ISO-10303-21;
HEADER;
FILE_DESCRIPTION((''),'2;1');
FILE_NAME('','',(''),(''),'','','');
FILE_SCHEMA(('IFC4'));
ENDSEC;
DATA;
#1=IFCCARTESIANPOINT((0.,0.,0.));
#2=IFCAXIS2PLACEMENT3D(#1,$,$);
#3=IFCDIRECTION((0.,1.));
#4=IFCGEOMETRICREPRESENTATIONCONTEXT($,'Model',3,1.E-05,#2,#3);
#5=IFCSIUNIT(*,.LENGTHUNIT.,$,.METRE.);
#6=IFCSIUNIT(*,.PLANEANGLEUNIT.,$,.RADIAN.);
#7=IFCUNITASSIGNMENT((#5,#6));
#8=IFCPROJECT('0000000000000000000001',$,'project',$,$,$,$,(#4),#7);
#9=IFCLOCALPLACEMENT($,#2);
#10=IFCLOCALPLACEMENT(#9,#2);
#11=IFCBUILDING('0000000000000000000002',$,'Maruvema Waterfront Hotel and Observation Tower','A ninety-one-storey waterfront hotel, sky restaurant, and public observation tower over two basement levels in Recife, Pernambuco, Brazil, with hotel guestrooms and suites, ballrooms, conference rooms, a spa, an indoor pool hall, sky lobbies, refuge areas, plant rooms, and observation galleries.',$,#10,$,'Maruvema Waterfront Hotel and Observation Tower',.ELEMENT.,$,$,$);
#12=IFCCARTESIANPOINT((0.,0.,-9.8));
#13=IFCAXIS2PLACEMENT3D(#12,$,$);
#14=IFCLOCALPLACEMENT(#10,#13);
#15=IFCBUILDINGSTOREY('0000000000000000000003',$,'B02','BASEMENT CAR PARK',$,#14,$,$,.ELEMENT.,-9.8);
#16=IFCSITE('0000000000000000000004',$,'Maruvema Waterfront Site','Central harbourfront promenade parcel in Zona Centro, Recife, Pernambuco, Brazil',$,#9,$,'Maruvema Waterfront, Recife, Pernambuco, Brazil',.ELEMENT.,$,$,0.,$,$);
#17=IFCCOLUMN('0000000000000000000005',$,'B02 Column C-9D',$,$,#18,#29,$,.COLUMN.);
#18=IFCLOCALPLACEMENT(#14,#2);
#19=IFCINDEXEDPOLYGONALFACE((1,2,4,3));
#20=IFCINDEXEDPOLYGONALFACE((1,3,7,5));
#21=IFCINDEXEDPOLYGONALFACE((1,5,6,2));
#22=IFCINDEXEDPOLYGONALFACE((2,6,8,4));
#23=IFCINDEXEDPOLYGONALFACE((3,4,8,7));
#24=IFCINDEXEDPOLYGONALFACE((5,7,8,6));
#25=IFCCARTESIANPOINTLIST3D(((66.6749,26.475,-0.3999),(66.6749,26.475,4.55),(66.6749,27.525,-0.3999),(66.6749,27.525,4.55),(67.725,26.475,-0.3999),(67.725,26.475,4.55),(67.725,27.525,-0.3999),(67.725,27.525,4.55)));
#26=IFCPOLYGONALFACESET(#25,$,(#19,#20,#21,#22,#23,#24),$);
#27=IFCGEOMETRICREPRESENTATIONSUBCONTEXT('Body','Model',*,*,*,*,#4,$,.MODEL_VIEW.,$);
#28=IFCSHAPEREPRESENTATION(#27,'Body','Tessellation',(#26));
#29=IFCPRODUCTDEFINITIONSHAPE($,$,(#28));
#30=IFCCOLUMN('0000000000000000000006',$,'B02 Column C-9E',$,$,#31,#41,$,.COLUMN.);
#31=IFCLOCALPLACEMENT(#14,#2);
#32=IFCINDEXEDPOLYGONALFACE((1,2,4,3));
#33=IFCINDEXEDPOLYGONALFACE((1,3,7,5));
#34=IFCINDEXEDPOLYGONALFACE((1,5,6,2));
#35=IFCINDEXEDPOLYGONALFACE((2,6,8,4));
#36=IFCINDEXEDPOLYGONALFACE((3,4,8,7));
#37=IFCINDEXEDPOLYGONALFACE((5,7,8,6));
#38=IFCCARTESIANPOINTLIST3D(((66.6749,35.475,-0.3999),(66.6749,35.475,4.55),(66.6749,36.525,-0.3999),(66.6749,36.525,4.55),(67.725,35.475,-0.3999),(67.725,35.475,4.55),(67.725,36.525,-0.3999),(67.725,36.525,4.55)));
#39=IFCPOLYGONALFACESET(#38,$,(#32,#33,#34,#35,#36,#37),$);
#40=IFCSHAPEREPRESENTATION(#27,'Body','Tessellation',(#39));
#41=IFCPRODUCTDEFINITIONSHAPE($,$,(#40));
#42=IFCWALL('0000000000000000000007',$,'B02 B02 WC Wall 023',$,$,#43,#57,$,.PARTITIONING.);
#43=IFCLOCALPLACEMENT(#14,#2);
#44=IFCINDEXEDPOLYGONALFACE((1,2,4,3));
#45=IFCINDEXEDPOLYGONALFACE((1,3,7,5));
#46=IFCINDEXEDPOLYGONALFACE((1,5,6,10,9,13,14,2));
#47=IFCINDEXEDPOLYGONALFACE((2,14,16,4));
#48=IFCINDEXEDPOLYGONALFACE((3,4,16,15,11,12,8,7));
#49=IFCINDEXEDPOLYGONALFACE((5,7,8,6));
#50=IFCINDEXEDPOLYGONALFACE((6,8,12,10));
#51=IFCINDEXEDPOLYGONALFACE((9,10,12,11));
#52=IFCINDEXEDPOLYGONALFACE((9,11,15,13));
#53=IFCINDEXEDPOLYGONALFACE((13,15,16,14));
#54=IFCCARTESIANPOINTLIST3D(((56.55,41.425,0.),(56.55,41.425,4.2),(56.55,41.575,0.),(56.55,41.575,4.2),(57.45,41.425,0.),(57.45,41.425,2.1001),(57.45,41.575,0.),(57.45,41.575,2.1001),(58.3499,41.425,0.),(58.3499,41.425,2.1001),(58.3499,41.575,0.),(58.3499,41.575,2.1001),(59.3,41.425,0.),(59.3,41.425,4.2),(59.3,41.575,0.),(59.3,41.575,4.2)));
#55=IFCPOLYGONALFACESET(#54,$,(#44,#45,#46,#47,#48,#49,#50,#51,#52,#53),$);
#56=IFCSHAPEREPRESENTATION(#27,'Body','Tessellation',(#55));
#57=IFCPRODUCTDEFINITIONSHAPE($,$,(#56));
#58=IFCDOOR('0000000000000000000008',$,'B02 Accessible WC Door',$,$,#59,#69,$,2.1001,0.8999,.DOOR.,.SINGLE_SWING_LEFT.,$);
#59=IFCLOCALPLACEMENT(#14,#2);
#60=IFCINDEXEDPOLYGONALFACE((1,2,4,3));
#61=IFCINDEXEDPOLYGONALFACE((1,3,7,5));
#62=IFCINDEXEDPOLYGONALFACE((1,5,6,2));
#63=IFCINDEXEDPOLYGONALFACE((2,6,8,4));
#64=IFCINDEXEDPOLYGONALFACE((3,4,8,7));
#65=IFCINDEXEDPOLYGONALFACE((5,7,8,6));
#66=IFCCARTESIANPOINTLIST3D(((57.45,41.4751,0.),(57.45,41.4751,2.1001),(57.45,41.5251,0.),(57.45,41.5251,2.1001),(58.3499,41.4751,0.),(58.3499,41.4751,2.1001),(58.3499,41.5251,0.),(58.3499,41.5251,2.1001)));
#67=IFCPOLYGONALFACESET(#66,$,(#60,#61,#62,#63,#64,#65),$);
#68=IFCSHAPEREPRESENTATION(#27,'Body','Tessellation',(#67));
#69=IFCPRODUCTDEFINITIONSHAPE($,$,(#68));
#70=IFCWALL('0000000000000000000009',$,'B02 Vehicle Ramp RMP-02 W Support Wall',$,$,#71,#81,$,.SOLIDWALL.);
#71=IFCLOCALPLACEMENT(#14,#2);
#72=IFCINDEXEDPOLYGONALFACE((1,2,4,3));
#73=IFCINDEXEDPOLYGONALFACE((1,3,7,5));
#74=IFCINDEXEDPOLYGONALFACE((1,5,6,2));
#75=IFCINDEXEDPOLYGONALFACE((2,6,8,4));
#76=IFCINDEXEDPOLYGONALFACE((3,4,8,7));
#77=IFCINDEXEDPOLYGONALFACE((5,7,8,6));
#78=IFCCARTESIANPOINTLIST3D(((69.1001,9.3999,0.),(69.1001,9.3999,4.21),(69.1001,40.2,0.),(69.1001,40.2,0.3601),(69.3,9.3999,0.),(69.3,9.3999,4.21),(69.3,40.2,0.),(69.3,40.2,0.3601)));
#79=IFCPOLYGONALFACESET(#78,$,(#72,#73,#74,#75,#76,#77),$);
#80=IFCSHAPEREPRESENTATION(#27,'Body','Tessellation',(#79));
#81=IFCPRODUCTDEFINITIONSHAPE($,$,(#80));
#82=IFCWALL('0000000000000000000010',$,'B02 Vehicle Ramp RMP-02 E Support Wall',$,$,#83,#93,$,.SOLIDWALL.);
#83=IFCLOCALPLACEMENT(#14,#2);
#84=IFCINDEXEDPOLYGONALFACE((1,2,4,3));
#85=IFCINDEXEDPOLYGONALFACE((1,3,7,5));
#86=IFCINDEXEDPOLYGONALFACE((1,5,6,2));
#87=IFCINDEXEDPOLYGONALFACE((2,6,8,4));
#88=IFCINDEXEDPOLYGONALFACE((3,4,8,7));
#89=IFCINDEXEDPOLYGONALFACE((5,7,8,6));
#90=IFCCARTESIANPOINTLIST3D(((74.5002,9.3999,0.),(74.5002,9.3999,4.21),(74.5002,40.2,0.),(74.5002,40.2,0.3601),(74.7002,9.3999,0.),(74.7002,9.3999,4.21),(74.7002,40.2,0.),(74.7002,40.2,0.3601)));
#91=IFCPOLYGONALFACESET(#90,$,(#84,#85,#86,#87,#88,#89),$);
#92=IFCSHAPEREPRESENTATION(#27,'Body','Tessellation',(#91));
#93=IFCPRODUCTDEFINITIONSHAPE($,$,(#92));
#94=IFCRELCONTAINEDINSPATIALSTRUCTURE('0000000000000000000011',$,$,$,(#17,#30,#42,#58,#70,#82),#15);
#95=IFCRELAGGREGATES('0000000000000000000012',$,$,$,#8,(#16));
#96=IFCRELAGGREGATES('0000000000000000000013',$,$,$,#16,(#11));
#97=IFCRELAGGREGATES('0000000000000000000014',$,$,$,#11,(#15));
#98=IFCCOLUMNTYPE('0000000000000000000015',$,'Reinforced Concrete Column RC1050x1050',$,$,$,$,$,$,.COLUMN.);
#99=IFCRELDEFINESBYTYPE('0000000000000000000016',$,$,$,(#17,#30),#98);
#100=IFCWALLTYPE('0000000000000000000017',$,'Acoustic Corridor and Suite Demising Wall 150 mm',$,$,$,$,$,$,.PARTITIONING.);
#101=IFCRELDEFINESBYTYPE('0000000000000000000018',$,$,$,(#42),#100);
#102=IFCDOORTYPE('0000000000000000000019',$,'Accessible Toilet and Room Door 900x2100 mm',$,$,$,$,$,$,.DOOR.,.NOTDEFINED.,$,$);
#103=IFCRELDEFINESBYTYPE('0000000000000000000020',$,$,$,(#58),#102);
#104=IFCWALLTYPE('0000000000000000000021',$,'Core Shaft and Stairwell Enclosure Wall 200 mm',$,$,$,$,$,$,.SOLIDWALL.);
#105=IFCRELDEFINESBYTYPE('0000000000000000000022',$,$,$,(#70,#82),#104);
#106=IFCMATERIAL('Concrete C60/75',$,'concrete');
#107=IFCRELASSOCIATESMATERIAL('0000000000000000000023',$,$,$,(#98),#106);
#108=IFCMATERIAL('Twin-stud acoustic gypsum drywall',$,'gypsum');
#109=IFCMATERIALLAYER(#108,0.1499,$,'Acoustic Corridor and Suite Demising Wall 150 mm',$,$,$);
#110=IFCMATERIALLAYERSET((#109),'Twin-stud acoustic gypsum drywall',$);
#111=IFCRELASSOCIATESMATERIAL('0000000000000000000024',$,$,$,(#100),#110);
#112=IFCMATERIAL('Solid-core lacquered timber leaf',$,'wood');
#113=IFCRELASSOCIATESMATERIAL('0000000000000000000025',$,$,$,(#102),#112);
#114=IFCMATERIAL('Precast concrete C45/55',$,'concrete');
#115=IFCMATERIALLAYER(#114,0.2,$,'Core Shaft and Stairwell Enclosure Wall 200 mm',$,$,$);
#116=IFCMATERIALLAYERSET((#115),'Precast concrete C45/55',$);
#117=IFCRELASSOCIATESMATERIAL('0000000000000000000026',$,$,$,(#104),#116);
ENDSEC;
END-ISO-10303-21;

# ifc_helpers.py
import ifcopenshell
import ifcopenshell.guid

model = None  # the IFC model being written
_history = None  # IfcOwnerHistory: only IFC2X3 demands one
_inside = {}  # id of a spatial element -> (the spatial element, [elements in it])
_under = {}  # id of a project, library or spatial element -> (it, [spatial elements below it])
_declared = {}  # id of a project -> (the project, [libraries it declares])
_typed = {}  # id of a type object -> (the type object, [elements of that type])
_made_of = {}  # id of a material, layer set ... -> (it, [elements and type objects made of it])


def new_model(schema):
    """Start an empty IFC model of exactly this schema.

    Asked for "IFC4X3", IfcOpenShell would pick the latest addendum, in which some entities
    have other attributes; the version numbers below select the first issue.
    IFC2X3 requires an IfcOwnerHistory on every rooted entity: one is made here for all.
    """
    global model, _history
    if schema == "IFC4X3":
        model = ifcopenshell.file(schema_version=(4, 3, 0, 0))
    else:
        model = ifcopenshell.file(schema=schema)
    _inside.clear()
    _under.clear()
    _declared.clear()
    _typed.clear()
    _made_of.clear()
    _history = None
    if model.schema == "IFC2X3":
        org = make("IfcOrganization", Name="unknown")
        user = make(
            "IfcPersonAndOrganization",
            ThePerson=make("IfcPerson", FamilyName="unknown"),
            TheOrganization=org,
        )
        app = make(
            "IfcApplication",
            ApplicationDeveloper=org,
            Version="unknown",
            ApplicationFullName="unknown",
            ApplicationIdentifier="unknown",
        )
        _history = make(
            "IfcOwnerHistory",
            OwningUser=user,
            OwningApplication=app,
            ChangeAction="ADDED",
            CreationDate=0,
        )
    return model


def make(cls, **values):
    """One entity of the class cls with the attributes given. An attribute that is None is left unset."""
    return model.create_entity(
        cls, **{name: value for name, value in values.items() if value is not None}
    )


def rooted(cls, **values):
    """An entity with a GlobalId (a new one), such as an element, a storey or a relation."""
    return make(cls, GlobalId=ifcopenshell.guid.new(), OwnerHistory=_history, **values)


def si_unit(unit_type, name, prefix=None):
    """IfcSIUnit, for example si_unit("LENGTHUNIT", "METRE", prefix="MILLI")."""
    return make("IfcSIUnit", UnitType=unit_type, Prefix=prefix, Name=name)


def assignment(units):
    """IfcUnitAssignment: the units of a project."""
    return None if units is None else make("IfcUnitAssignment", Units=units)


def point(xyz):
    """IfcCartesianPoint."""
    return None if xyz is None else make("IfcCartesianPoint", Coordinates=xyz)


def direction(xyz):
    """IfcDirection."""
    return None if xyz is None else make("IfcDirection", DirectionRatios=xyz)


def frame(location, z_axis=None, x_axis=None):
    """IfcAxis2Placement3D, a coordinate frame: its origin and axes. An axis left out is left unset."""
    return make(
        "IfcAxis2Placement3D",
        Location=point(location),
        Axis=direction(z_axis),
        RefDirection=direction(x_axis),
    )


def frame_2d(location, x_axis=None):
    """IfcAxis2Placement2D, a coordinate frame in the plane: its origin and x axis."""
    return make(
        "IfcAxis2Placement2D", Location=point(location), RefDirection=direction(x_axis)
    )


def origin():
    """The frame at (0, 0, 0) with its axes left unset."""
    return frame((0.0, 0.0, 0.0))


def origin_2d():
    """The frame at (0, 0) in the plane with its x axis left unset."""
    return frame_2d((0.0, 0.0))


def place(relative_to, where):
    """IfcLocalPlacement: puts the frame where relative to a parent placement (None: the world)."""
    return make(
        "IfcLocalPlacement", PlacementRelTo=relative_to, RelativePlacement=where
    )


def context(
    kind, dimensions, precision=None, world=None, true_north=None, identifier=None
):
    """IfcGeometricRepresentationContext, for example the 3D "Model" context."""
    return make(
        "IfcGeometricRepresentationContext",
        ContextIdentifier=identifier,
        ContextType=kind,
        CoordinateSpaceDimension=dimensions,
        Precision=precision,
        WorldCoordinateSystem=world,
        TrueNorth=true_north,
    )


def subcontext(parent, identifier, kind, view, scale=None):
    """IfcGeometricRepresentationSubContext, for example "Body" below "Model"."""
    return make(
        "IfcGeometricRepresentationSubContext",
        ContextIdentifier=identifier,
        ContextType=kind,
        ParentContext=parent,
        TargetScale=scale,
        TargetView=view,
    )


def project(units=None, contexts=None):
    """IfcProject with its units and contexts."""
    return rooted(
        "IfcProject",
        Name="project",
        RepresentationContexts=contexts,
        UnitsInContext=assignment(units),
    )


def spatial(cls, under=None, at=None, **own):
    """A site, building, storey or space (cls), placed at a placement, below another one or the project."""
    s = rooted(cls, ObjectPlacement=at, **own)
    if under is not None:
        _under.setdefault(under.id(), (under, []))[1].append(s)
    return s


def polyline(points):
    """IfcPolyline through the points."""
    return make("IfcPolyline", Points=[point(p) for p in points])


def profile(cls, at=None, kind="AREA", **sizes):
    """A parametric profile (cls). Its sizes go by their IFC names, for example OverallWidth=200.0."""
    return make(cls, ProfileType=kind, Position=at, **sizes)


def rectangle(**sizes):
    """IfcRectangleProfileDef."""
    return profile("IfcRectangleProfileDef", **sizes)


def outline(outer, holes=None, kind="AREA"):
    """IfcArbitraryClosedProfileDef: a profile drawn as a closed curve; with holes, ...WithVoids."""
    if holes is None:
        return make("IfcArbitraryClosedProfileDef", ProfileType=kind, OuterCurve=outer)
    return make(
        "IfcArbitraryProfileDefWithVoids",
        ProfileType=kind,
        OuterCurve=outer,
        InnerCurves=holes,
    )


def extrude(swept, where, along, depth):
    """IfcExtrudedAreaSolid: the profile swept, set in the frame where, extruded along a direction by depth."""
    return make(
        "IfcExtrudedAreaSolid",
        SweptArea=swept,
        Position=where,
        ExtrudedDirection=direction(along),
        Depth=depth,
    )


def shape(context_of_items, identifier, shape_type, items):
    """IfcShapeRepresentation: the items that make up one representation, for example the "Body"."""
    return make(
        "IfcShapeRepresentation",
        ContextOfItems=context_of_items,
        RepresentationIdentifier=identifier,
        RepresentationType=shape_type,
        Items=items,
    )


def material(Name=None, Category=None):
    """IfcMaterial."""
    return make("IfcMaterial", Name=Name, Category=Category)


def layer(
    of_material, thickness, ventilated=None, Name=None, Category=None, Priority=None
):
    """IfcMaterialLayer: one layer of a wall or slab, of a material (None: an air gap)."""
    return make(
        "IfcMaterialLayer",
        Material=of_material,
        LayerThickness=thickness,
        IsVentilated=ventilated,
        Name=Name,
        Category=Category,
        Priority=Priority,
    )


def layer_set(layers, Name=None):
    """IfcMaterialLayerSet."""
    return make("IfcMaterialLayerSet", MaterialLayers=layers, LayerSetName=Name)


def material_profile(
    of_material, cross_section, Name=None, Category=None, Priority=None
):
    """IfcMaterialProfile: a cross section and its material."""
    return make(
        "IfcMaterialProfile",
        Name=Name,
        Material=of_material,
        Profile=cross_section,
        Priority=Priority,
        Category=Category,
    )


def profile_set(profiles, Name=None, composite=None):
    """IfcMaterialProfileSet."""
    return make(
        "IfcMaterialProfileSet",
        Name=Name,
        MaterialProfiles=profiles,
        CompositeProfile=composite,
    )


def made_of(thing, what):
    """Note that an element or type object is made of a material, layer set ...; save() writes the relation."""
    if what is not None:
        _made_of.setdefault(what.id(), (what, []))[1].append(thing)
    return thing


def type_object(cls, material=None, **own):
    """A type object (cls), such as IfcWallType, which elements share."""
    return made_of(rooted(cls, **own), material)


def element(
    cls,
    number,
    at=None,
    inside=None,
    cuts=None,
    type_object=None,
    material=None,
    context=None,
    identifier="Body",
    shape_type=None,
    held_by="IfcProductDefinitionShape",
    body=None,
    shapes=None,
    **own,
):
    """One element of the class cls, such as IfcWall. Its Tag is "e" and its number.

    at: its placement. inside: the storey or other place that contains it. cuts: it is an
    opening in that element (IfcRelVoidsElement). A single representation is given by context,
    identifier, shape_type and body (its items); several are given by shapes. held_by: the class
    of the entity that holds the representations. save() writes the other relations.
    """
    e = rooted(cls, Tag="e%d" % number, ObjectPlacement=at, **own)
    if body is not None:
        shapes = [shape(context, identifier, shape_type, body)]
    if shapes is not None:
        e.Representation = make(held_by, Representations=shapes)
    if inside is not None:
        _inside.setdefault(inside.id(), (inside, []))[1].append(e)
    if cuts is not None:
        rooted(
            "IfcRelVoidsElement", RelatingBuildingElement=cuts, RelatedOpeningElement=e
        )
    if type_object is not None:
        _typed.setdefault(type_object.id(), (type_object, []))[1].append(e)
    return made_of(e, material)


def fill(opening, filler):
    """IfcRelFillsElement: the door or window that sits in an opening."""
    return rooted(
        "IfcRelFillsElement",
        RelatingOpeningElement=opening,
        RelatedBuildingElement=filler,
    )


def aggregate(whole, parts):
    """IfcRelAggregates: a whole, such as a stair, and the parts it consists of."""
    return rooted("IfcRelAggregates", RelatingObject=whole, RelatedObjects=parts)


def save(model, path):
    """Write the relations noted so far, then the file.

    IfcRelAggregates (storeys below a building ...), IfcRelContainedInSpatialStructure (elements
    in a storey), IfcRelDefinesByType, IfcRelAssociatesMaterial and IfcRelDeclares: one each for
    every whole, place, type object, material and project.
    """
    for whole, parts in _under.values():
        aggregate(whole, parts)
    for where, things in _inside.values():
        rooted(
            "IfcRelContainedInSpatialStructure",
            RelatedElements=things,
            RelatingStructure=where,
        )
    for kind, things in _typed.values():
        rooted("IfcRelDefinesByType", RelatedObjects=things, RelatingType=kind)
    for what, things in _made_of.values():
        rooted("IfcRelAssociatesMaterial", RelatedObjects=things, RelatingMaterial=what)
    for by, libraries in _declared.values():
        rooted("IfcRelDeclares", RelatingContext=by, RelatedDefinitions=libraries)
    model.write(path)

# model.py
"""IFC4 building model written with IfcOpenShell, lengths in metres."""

from ifc_helpers import new_model, si_unit, direction, frame, frame_2d, origin, origin_2d, place, context, subcontext, project, spatial, polyline, rectangle, outline, extrude, material, layer, layer_set, material_profile, profile_set, type_object, element, fill, save


model = new_model("IFC4")

# Units and contexts
model_context = context("Model", 3, precision=1e-05, world=origin(), true_north=direction((0.0, 1.0)))
body_context = subcontext(model_context, "Body", "Model", "MODEL_VIEW")
ifc_project = project(units=[si_unit("LENGTHUNIT", "METRE"), si_unit("PLANEANGLEUNIT", "RADIAN")], contexts=[model_context])

# Site, building, storey
site_placement = place(None, origin())
site = spatial("IfcSite", under=ifc_project, at=site_placement, Name="Maruvema Waterfront Site", Description="Central harbourfront promenade parcel in Zona Centro, Recife, Pernambuco, Brazil", LongName="Maruvema Waterfront, Recife, Pernambuco, Brazil", CompositionType="ELEMENT", RefElevation=0.0)
building_placement = place(site_placement, origin())
building = spatial("IfcBuilding", under=site, at=building_placement, Name="Maruvema Waterfront Hotel and Observation Tower", Description="A ninety-one-storey waterfront hotel, sky restaurant, and public observation tower over two basement levels in Recife, Pernambuco, Brazil, with hotel guestrooms and suites, ballrooms, conference rooms, a spa, an indoor pool hall, sky lobbies, refuge areas, plant rooms, and observation galleries.", LongName="Maruvema Waterfront Hotel and Observation Tower", CompositionType="ELEMENT")
storey_placement = place(building_placement, frame((0.0, 0.0, -9.8)))
storey = spatial("IfcBuildingStorey", under=building, at=storey_placement, Name="B02", Description="BASEMENT CAR PARK", CompositionType="ELEMENT", Elevation=-9.8)

# Columns
ifc_material_1 = material(Name="Concrete C60/75", Category="concrete")
ifc_material_profile_1 = material_profile(ifc_material_1, rectangle(XDim=1.05, YDim=1.05, at=origin_2d()), Name="RC1050x1050")
ifc_profile_set_1 = profile_set([ifc_material_profile_1], Name="Concrete C60/75")
column_type = type_object("IfcColumnType", Name="Reinforced Concrete Column RC1050x1050", PredefinedType="COLUMN", material=ifc_profile_set_1)
for number, where, z_axis, x_axis, name in (
    (1, (67.2, 27.0, -0.3999), (0.0, 0.0, 1.0), (1.0, 0.0, 0.0), "B02 Column C-9D"),
    (2, (67.2, 36.0, -0.3999), (0.0, 0.0, 1.0), (1.0, 0.0, 0.0), "B02 Column C-9E"),
):
    element("IfcColumn", number, at=place(storey_placement, frame(where, z_axis=z_axis, x_axis=x_axis)), inside=storey, type_object=column_type, Name=name, PredefinedType="COLUMN", context=body_context, shape_type="SweptSolid", body=[
        extrude(rectangle(XDim=1.05, YDim=1.05, at=origin_2d()), origin(), (0.0, 0.0, 1.0), 4.95),
    ])

# Wall, opening, door
ifc_material_2 = material(Name="Twin-stud acoustic gypsum drywall", Category="gypsum")
ifc_layer_1 = layer(ifc_material_2, 0.1499, Name="Acoustic Corridor and Suite Demising Wall 150 mm")
ifc_layer_set_1 = layer_set([ifc_layer_1], Name="Twin-stud acoustic gypsum drywall")
wall_type_1 = type_object("IfcWallType", Name="Acoustic Corridor and Suite Demising Wall 150 mm", PredefinedType="PARTITIONING", material=ifc_layer_set_1)
wall_placement = place(storey_placement, frame((56.55, 41.5, 0.0), z_axis=(0.0, 0.0, 1.0), x_axis=(1.0, 0.0, 0.0)))
wall = element("IfcWall", 3, at=wall_placement, inside=storey, type_object=wall_type_1, Name="B02 B02 WC Wall 023", PredefinedType="PARTITIONING", context=body_context, shape_type="SweptSolid", body=[
    extrude(rectangle(XDim=2.75, YDim=0.1499, at=frame_2d((1.375, 0.0))), origin(), (0.0, 0.0, 1.0), 4.2),
])
opening_placement = place(wall_placement, frame((0.8999, 0.0, 0.0)))
opening = element("IfcOpeningElement", 4, at=opening_placement, cuts=wall, PredefinedType="OPENING", context=body_context, shape_type="SweptSolid", body=[
    extrude(rectangle(XDim=0.8999, YDim=2.1001, at=frame_2d((0.45, 1.05))), frame((0.0, 0.085, 0.0), z_axis=(0.0, -1.0, 0.0), x_axis=(1.0, 0.0, 0.0)), (0.0, 0.0, 1.0), 0.1699),
])
ifc_material_3 = material(Name="Solid-core lacquered timber leaf", Category="wood")
door_type = type_object("IfcDoorType", Name="Accessible Toilet and Room Door 900x2100 mm", OperationType="NOTDEFINED", PredefinedType="DOOR", material=ifc_material_3)
door_placement = place(opening_placement, frame((0.8999, 0.0, 0.0), z_axis=(0.0, 0.0, 1.0), x_axis=(-1.0, 0.0, 0.0)))
door = element("IfcDoor", 5, at=door_placement, inside=storey, type_object=door_type, Name="B02 Accessible WC Door", OperationType="SINGLE_SWING_LEFT", OverallHeight=2.1001, OverallWidth=0.8999, PredefinedType="DOOR", context=body_context, shape_type="SweptSolid", body=[
    extrude(rectangle(XDim=0.8999, YDim=2.1001, at=frame_2d((0.45, 1.05))), frame((0.0, 0.0249, 0.0), z_axis=(0.0, -1.0, 0.0), x_axis=(1.0, 0.0, 0.0)), (0.0, 0.0, 1.0), 0.05),
])
fill(opening, door)

# Walls
ifc_material_4 = material(Name="Precast concrete C45/55", Category="concrete")
ifc_layer_2 = layer(ifc_material_4, 0.2, Name="Core Shaft and Stairwell Enclosure Wall 200 mm")
ifc_layer_set_2 = layer_set([ifc_layer_2], Name="Precast concrete C45/55")
wall_type_2 = type_object("IfcWallType", Name="Core Shaft and Stairwell Enclosure Wall 200 mm", PredefinedType="SOLIDWALL", material=ifc_layer_set_2)
for number, where, z_axis, x_axis, name in (
    (6, (69.2, 40.2, 0.0), (0.0, 0.0, 1.0), (0.0, -1.0, 0.0), "B02 Vehicle Ramp RMP-02 W Support Wall"),
    (7, (74.6001, 40.2, 0.0), (0.0, 0.0, 1.0), (0.0, -1.0, 0.0), "B02 Vehicle Ramp RMP-02 E Support Wall"),
):
    element("IfcWall", number, at=place(storey_placement, frame(where, z_axis=z_axis, x_axis=x_axis)), inside=storey, type_object=wall_type_2, Name=name, PredefinedType="SOLIDWALL", context=body_context, shape_type="SweptSolid", body=[
        extrude(outline(polyline([(0.0, 0.0), (30.8, 0.0), (30.8, 4.21), (0.0, 0.3601), (0.0, 0.0)])), frame((0.0, 0.1001, 0.0), z_axis=(0.0, -1.0, 0.0), x_axis=(1.0, 0.0, 0.0)), (0.0, 0.0, 1.0), 0.2),
    ])

save(model, "model.ifc")
